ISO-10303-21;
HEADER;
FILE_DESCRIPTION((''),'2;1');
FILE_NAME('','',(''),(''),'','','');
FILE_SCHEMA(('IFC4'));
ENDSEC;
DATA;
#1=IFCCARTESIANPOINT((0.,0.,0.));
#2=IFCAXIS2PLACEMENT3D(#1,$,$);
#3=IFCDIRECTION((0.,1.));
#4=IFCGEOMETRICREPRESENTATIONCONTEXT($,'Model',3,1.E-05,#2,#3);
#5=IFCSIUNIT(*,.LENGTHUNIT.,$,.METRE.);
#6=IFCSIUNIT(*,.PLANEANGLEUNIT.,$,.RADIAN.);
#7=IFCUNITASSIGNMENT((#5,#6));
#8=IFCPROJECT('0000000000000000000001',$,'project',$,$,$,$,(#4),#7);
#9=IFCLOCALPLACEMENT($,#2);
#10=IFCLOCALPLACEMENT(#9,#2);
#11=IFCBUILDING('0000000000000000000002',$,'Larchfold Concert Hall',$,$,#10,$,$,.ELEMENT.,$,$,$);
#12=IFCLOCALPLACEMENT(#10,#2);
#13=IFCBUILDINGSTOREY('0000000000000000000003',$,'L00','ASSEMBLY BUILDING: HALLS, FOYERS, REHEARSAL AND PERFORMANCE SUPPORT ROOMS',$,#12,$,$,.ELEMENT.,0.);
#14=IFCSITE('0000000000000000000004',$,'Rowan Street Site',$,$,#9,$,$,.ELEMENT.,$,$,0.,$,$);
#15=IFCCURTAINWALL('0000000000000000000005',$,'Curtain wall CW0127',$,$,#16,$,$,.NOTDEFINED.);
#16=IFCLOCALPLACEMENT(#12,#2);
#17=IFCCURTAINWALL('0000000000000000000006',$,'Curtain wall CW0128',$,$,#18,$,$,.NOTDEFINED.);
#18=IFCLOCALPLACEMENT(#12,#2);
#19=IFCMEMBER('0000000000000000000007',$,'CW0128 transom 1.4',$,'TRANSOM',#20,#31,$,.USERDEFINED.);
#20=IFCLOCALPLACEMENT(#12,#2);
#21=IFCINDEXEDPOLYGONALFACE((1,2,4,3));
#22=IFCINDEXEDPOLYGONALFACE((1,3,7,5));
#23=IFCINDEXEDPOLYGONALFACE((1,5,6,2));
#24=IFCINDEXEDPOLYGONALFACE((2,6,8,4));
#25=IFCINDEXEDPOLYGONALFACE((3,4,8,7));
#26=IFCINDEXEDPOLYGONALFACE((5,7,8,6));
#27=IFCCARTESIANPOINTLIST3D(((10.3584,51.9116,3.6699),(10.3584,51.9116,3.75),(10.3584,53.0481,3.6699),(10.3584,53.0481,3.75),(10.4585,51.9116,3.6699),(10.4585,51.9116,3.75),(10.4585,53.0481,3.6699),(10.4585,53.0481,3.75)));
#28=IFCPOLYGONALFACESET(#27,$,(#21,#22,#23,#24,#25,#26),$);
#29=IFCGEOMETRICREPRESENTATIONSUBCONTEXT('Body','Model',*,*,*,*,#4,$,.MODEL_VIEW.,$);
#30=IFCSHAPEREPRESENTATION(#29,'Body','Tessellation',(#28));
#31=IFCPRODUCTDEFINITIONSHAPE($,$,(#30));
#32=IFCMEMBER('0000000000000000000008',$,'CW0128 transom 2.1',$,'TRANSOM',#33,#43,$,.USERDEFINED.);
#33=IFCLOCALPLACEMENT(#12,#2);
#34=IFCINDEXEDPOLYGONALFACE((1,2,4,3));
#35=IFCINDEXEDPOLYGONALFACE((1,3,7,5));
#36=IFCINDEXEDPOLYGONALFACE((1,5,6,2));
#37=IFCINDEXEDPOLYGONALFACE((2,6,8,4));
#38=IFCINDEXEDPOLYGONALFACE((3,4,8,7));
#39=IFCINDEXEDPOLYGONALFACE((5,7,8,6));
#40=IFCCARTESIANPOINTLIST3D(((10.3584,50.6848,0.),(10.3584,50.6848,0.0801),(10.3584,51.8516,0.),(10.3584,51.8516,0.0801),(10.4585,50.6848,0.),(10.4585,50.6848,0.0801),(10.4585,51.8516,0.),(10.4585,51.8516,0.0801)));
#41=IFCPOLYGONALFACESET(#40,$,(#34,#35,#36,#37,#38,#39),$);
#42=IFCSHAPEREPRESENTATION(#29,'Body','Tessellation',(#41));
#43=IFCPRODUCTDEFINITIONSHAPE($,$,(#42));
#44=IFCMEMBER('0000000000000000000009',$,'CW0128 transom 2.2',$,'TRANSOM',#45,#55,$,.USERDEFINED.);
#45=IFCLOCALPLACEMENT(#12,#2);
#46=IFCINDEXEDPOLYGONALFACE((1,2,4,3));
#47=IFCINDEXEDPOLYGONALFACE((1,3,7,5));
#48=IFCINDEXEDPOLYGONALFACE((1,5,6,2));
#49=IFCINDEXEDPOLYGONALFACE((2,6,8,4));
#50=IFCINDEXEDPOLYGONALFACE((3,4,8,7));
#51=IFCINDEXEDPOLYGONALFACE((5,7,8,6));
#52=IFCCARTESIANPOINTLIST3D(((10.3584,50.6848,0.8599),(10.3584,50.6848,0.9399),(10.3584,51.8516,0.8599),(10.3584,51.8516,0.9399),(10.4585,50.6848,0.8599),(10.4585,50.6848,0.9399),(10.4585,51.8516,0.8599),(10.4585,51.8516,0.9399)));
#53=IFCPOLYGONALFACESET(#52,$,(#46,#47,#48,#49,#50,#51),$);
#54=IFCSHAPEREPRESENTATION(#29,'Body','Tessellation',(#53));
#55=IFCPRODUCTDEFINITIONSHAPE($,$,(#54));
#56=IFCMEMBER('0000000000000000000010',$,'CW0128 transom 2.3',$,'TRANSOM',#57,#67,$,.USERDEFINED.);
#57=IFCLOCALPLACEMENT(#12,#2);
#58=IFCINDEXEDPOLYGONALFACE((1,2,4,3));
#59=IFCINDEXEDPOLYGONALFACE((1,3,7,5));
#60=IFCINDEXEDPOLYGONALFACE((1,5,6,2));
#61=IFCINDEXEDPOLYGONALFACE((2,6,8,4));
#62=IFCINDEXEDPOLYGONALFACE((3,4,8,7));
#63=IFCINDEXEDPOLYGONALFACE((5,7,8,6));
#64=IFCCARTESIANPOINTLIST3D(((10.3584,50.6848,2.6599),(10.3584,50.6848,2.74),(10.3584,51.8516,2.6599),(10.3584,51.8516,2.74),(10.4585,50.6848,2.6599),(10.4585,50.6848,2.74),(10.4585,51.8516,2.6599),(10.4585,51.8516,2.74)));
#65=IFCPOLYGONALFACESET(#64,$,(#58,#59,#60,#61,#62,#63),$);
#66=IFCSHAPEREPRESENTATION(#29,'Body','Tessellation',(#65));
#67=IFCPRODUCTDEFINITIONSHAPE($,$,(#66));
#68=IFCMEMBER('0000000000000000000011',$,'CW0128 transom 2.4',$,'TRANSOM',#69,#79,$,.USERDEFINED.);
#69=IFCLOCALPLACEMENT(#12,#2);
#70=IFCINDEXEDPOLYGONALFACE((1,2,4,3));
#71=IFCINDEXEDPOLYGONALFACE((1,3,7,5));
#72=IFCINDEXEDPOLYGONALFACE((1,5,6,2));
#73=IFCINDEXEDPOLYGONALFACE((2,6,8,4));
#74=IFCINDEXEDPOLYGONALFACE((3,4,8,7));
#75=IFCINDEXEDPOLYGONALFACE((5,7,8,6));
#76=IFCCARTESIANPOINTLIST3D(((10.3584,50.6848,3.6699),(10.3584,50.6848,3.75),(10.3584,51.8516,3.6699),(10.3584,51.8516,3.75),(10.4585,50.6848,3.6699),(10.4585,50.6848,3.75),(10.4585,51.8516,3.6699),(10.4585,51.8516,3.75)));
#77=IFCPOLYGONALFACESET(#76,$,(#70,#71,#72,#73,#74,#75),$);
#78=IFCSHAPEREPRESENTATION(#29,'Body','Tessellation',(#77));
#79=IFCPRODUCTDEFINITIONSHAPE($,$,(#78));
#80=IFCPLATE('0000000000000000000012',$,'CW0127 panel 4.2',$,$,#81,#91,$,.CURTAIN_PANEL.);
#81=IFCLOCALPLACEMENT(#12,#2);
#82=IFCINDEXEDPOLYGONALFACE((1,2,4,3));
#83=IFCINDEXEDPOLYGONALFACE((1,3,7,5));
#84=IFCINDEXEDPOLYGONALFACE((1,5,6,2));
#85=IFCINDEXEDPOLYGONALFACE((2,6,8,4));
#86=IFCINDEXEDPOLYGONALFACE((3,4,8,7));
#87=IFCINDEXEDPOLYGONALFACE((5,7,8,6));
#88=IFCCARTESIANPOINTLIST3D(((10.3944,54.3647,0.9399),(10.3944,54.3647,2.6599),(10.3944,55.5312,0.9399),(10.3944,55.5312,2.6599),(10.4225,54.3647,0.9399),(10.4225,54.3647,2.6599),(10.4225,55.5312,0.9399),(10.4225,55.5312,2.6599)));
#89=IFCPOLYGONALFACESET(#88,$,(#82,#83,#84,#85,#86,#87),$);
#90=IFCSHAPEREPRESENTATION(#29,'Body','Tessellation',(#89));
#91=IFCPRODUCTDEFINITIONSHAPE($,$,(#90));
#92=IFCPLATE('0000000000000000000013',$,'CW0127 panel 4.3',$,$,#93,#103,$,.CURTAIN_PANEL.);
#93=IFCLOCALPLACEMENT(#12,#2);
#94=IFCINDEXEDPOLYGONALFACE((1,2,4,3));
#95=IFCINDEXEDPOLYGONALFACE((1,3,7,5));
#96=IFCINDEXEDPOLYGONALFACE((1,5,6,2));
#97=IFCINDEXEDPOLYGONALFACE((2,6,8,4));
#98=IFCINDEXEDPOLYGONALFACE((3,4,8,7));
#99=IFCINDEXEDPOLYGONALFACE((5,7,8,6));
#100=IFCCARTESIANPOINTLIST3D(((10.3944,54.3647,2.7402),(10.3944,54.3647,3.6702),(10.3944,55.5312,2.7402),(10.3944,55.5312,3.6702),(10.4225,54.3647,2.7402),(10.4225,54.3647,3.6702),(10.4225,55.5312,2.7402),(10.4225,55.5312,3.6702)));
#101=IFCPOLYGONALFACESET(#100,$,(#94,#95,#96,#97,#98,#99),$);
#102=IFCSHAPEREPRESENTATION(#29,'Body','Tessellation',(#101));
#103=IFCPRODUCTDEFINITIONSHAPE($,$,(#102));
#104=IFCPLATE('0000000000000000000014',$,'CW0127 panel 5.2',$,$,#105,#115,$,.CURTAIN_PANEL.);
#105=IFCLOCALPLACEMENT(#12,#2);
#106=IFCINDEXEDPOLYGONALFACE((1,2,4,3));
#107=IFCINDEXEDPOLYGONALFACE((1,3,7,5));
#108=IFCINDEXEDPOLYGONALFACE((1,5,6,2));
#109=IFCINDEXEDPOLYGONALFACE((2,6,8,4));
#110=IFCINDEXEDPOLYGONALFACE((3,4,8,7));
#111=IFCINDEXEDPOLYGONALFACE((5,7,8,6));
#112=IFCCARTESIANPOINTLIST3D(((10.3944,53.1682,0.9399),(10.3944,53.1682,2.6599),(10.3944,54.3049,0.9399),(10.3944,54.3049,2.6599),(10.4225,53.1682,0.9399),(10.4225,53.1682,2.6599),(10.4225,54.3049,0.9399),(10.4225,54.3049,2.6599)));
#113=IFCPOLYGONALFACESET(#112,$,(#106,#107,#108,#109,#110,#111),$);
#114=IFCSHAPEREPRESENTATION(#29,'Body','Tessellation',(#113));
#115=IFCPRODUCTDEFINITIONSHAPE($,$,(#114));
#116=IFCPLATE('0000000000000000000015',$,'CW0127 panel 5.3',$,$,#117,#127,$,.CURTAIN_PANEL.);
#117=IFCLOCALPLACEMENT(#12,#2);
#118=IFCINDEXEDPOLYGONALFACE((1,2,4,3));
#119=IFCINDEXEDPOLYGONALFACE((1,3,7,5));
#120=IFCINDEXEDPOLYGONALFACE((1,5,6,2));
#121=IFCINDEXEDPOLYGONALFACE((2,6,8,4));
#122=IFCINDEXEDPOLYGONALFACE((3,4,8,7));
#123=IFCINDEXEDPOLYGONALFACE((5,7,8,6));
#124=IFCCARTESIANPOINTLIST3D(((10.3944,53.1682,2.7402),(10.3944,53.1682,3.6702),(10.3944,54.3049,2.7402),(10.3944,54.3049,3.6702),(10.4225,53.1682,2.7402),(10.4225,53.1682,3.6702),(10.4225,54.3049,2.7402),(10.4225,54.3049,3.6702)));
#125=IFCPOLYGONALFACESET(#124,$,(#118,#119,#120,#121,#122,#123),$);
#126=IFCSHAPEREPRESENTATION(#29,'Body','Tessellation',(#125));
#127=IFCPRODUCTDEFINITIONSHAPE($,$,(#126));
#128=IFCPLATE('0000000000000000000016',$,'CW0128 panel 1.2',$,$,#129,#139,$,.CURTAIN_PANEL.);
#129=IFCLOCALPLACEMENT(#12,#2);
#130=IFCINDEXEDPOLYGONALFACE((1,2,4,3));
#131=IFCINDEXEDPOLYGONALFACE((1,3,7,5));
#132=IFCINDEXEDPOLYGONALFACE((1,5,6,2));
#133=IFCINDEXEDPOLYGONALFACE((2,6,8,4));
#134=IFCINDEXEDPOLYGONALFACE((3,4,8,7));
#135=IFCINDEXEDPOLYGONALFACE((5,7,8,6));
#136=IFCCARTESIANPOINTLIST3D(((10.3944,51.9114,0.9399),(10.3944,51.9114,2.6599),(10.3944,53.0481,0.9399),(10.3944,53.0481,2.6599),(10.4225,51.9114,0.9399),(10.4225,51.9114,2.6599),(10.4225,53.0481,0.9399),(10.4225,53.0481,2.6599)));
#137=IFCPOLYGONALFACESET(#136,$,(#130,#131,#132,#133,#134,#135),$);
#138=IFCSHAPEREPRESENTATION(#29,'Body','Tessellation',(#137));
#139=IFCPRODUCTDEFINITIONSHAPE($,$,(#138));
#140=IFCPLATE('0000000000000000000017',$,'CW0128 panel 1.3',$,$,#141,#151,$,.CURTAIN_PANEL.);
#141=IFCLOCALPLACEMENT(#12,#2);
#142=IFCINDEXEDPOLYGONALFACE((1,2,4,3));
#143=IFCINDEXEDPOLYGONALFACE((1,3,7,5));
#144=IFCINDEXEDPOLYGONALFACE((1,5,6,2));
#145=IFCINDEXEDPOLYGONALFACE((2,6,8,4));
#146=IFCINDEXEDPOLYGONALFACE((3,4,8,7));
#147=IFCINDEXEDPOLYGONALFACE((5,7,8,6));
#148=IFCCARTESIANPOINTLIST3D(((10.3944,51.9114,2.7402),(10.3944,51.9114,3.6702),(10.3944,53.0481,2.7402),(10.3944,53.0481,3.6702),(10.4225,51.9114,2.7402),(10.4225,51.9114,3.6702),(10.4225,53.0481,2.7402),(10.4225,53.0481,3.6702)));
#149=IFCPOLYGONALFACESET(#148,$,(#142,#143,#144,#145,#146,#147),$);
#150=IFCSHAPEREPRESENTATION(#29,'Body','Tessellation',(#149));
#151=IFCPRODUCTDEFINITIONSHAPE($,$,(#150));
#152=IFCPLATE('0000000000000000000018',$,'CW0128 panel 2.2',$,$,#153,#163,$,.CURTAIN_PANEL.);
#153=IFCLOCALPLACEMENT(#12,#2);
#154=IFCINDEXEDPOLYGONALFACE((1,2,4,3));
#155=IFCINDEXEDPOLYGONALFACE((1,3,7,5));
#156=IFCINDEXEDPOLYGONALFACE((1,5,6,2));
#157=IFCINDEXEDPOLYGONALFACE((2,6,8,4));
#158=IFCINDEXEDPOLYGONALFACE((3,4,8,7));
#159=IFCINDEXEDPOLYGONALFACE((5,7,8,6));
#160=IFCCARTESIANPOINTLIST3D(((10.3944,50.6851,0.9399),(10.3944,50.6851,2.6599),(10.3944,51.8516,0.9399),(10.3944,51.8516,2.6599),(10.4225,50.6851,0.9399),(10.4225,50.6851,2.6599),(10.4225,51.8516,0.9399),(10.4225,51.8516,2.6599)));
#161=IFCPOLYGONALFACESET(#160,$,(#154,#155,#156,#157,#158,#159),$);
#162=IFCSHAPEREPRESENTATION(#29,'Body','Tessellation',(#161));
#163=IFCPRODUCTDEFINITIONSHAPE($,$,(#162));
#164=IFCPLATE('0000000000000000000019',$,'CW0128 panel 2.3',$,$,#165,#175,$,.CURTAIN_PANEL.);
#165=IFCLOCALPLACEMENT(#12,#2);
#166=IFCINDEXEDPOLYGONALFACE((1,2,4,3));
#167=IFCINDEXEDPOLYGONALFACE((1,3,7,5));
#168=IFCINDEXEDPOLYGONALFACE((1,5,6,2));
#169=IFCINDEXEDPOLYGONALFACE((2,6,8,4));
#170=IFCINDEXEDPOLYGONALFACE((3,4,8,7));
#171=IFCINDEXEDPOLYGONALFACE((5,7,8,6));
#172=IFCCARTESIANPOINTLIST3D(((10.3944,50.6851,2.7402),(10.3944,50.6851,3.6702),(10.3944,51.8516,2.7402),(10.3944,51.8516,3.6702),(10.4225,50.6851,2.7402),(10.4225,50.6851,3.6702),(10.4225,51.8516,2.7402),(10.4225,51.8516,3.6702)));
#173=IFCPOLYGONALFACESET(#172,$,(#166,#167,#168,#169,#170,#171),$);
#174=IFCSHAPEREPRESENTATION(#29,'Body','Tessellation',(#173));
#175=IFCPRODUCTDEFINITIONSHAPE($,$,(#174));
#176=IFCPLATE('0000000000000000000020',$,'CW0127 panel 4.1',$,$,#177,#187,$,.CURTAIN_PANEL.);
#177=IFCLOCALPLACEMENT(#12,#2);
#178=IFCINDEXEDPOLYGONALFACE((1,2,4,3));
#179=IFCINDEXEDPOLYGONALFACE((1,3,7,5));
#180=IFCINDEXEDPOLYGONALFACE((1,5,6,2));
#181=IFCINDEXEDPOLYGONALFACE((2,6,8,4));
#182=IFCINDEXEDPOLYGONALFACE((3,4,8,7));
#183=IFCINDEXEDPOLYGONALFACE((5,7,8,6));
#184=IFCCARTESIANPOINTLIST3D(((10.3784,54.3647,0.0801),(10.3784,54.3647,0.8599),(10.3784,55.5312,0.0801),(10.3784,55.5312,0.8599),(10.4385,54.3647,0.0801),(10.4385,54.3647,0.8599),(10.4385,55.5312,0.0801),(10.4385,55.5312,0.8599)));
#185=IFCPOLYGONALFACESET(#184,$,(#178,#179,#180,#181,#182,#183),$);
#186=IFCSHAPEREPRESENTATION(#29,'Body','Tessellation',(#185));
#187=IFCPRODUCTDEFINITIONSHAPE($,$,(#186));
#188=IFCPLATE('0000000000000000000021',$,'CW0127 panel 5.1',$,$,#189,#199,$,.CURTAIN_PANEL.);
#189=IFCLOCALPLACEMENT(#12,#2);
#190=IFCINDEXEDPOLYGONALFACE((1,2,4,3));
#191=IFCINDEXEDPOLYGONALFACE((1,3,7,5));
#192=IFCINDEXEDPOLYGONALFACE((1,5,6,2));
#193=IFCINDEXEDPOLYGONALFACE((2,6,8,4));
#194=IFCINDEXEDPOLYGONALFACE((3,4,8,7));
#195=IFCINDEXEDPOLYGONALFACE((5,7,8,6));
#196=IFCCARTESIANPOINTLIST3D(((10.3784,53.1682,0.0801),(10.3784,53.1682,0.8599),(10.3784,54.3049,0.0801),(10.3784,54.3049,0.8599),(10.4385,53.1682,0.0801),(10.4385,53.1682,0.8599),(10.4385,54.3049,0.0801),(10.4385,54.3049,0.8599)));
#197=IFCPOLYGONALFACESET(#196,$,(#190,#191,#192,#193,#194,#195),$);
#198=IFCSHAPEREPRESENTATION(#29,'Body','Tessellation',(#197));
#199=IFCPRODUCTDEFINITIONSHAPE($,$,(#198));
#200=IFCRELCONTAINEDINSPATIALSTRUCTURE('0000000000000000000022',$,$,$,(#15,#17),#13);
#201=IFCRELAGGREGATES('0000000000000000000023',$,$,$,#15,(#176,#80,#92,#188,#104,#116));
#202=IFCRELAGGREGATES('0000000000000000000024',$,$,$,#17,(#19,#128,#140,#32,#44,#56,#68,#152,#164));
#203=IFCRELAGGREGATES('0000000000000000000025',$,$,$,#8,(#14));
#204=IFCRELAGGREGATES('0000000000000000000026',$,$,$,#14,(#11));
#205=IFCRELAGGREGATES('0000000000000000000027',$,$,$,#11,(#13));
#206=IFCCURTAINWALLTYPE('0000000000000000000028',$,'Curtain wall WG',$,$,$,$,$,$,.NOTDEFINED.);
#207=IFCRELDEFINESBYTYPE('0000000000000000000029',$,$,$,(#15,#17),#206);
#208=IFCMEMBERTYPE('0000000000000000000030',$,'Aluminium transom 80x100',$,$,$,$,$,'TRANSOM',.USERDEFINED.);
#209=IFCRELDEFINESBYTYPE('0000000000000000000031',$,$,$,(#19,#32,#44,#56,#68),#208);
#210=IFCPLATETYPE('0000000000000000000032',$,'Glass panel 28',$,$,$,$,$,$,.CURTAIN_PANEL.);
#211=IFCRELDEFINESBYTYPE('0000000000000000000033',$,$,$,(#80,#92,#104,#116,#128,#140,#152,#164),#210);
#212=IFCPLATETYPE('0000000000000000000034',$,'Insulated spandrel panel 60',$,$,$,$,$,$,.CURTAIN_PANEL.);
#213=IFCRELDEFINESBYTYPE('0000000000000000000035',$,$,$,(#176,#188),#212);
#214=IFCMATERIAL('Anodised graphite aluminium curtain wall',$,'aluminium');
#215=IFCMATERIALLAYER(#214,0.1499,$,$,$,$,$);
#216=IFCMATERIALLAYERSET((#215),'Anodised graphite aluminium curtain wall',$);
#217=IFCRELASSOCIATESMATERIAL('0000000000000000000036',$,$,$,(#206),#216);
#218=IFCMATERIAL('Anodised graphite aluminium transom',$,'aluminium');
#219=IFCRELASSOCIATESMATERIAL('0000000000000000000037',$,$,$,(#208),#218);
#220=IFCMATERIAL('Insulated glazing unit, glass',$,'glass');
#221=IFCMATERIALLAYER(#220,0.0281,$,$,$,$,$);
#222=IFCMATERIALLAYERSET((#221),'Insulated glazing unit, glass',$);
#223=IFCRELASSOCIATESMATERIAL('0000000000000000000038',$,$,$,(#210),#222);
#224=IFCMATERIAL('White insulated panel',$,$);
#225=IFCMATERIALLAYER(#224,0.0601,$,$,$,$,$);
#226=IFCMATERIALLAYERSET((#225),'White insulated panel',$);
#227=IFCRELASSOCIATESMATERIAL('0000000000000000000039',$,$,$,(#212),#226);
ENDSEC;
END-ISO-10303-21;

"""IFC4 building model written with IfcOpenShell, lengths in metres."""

from ifc_helpers import new_model, si_unit, direction, frame, origin, origin_2d, place, context, subcontext, project, spatial, rectangle, extrude, material, layer, layer_set, material_profile, profile_set, type_object, element, aggregate, save


model = new_model("IFC4")

# Units and contexts
model_context = context("Model", 3, precision=1e-05, world=origin(), true_north=direction((0.0, 1.0)))
body_context = subcontext(model_context, "Body", "Model", "MODEL_VIEW")
ifc_project = project(units=[si_unit("LENGTHUNIT", "METRE"), si_unit("PLANEANGLEUNIT", "RADIAN")], contexts=[model_context])

# Site, building, storey
site_placement = place(None, origin())
site = spatial("IfcSite", under=ifc_project, at=site_placement, Name="Rowan Street Site", CompositionType="ELEMENT", RefElevation=0.0)
building_placement = place(site_placement, origin())
building = spatial("IfcBuilding", under=site, at=building_placement, Name="Larchfold Concert Hall", CompositionType="ELEMENT")
storey_placement = place(building_placement, origin())
storey = spatial("IfcBuildingStorey", under=building, at=storey_placement, Name="L00", Description="ASSEMBLY BUILDING: HALLS, FOYERS, REHEARSAL AND PERFORMANCE SUPPORT ROOMS", CompositionType="ELEMENT", Elevation=0.0)

# Curtain walls
ifc_material_1 = material(Name="Anodised graphite aluminium curtain wall", Category="aluminium")
ifc_layer_1 = layer(ifc_material_1, 0.1499)
ifc_layer_set_1 = layer_set([ifc_layer_1], Name="Anodised graphite aluminium curtain wall")
curtain_wall_type = type_object("IfcCurtainWallType", Name="Curtain wall WG", PredefinedType="NOTDEFINED", material=ifc_layer_set_1)
curtain_wall_1_placement = place(storey_placement, origin())
curtain_wall_1 = element("IfcCurtainWall", 1, at=curtain_wall_1_placement, inside=storey, type_object=curtain_wall_type, Name="Curtain wall CW0127", PredefinedType="NOTDEFINED")
curtain_wall_2_placement = place(storey_placement, origin())
curtain_wall_2 = element("IfcCurtainWall", 2, at=curtain_wall_2_placement, inside=storey, type_object=curtain_wall_type, Name="Curtain wall CW0128", PredefinedType="NOTDEFINED")

# Members
ifc_material_2 = material(Name="Anodised graphite aluminium transom", Category="aluminium")
ifc_material_profile_1 = material_profile(ifc_material_2, rectangle(XDim=0.1001, YDim=0.0801, at=origin_2d()))
ifc_profile_set_1 = profile_set([ifc_material_profile_1], Name="Anodised graphite aluminium transom")
member_type_1 = type_object("IfcMemberType", Name="Aluminium transom 80x100", ElementType="TRANSOM", PredefinedType="USERDEFINED", material=ifc_profile_set_1)
member_1_placement = place(storey_placement, frame((10.4084, 53.0481, 3.71), z_axis=(0.0, -1.0, 0.0), x_axis=(1.0, 0.0, 0.0)))
member_1 = element("IfcMember", 3, at=member_1_placement, type_object=member_type_1, Name="CW0128 transom 1.4", ObjectType="TRANSOM", PredefinedType="USERDEFINED", context=body_context, shape_type="SweptSolid", body=[
    extrude(rectangle(XDim=0.1001, YDim=0.0801, at=origin_2d()), origin(), (0.0, 0.0, 1.0), 1.1365),
])
member_2_placement = place(storey_placement, frame((10.4084, 51.8516, 0.04), z_axis=(0.0, -1.0, 0.0), x_axis=(1.0, 0.0, 0.0)))
member_2 = element("IfcMember", 4, at=member_2_placement, type_object=member_type_1, Name="CW0128 transom 2.1", ObjectType="TRANSOM", PredefinedType="USERDEFINED", context=body_context, shape_type="SweptSolid", body=[
    extrude(rectangle(XDim=0.1001, YDim=0.0801, at=origin_2d()), origin(), (0.0, 0.0, 1.0), 1.1667),
])
member_3_placement = place(storey_placement, frame((10.4084, 51.8516, 0.8999), z_axis=(0.0, -1.0, 0.0), x_axis=(1.0, 0.0, 0.0)))
member_3 = element("IfcMember", 5, at=member_3_placement, type_object=member_type_1, Name="CW0128 transom 2.2", ObjectType="TRANSOM", PredefinedType="USERDEFINED", context=body_context, shape_type="SweptSolid", body=[
    extrude(rectangle(XDim=0.1001, YDim=0.0801, at=origin_2d()), origin(), (0.0, 0.0, 1.0), 1.1667),
])
member_4_placement = place(storey_placement, frame((10.4084, 51.8516, 2.7), z_axis=(0.0, -1.0, 0.0), x_axis=(1.0, 0.0, 0.0)))
member_4 = element("IfcMember", 6, at=member_4_placement, type_object=member_type_1, Name="CW0128 transom 2.3", ObjectType="TRANSOM", PredefinedType="USERDEFINED", context=body_context, shape_type="SweptSolid", body=[
    extrude(rectangle(XDim=0.1001, YDim=0.0801, at=origin_2d()), origin(), (0.0, 0.0, 1.0), 1.1667),
])
member_5_placement = place(storey_placement, frame((10.4084, 51.8516, 3.71), z_axis=(0.0, -1.0, 0.0), x_axis=(1.0, 0.0, 0.0)))
member_5 = element("IfcMember", 7, at=member_5_placement, type_object=member_type_1, Name="CW0128 transom 2.4", ObjectType="TRANSOM", PredefinedType="USERDEFINED", context=body_context, shape_type="SweptSolid", body=[
    extrude(rectangle(XDim=0.1001, YDim=0.0801, at=origin_2d()), origin(), (0.0, 0.0, 1.0), 1.1667),
])

# Plates
ifc_material_3 = material(Name="Insulated glazing unit, glass", Category="glass")
ifc_layer_2 = layer(ifc_material_3, 0.0281)
ifc_layer_set_2 = layer_set([ifc_layer_2], Name="Insulated glazing unit, glass")
plate_type_1 = type_object("IfcPlateType", Name="Glass panel 28", PredefinedType="CURTAIN_PANEL", material=ifc_layer_set_2)
plate_1_placement = place(storey_placement, frame((10.4084, 54.948, 0.9399), z_axis=(0.0, 0.0, 1.0), x_axis=(0.0, -1.0, 0.0)))
plate_1 = element("IfcPlate", 8, at=plate_1_placement, type_object=plate_type_1, Name="CW0127 panel 4.2", PredefinedType="CURTAIN_PANEL", context=body_context, shape_type="SweptSolid", body=[
    extrude(rectangle(XDim=1.1665, YDim=0.0281, at=origin_2d()), origin(), (0.0, 0.0, 1.0), 1.72),
])
plate_2_placement = place(storey_placement, frame((10.4084, 54.948, 2.7402), z_axis=(0.0, 0.0, 1.0), x_axis=(0.0, -1.0, 0.0)))
plate_2 = element("IfcPlate", 9, at=plate_2_placement, type_object=plate_type_1, Name="CW0127 panel 4.3", PredefinedType="CURTAIN_PANEL", context=body_context, shape_type="SweptSolid", body=[
    extrude(rectangle(XDim=1.1665, YDim=0.0281, at=origin_2d()), origin(), (0.0, 0.0, 1.0), 0.9299),
])
plate_3_placement = place(storey_placement, frame((10.4084, 53.7366, 0.9399), z_axis=(0.0, 0.0, 1.0), x_axis=(0.0, -1.0, 0.0)))
plate_3 = element("IfcPlate", 10, at=plate_3_placement, type_object=plate_type_1, Name="CW0127 panel 5.2", PredefinedType="CURTAIN_PANEL", context=body_context, shape_type="SweptSolid", body=[
    extrude(rectangle(XDim=1.1367, YDim=0.0281, at=origin_2d()), origin(), (0.0, 0.0, 1.0), 1.72),
])
plate_4_placement = place(storey_placement, frame((10.4084, 53.7366, 2.7402), z_axis=(0.0, 0.0, 1.0), x_axis=(0.0, -1.0, 0.0)))
plate_4 = element("IfcPlate", 11, at=plate_4_placement, type_object=plate_type_1, Name="CW0127 panel 5.3", PredefinedType="CURTAIN_PANEL", context=body_context, shape_type="SweptSolid", body=[
    extrude(rectangle(XDim=1.1367, YDim=0.0281, at=origin_2d()), origin(), (0.0, 0.0, 1.0), 0.9299),
])
plate_5_placement = place(storey_placement, frame((10.4084, 52.4797, 0.9399), z_axis=(0.0, 0.0, 1.0), x_axis=(0.0, -1.0, 0.0)))
plate_5 = element("IfcPlate", 12, at=plate_5_placement, type_object=plate_type_1, Name="CW0128 panel 1.2", PredefinedType="CURTAIN_PANEL", context=body_context, shape_type="SweptSolid", body=[
    extrude(rectangle(XDim=1.1367, YDim=0.0281, at=origin_2d()), origin(), (0.0, 0.0, 1.0), 1.72),
])
plate_6_placement = place(storey_placement, frame((10.4084, 52.4797, 2.7402), z_axis=(0.0, 0.0, 1.0), x_axis=(0.0, -1.0, 0.0)))
plate_6 = element("IfcPlate", 13, at=plate_6_placement, type_object=plate_type_1, Name="CW0128 panel 1.3", PredefinedType="CURTAIN_PANEL", context=body_context, shape_type="SweptSolid", body=[
    extrude(rectangle(XDim=1.1367, YDim=0.0281, at=origin_2d()), origin(), (0.0, 0.0, 1.0), 0.9299),
])
plate_7_placement = place(storey_placement, frame((10.4084, 51.2683, 0.9399), z_axis=(0.0, 0.0, 1.0), x_axis=(0.0, -1.0, 0.0)))
plate_7 = element("IfcPlate", 14, at=plate_7_placement, type_object=plate_type_1, Name="CW0128 panel 2.2", PredefinedType="CURTAIN_PANEL", context=body_context, shape_type="SweptSolid", body=[
    extrude(rectangle(XDim=1.1665, YDim=0.0281, at=origin_2d()), origin(), (0.0, 0.0, 1.0), 1.72),
])
plate_8_placement = place(storey_placement, frame((10.4084, 51.2683, 2.7402), z_axis=(0.0, 0.0, 1.0), x_axis=(0.0, -1.0, 0.0)))
plate_8 = element("IfcPlate", 15, at=plate_8_placement, type_object=plate_type_1, Name="CW0128 panel 2.3", PredefinedType="CURTAIN_PANEL", context=body_context, shape_type="SweptSolid", body=[
    extrude(rectangle(XDim=1.1665, YDim=0.0281, at=origin_2d()), origin(), (0.0, 0.0, 1.0), 0.9299),
])
ifc_material_4 = material(Name="White insulated panel")
ifc_layer_3 = layer(ifc_material_4, 0.0601)
ifc_layer_set_3 = layer_set([ifc_layer_3], Name="White insulated panel")
plate_type_2 = type_object("IfcPlateType", Name="Insulated spandrel panel 60", PredefinedType="CURTAIN_PANEL", material=ifc_layer_set_3)
plate_9_placement = place(storey_placement, frame((10.4084, 54.948, 0.0801), z_axis=(0.0, 0.0, 1.0), x_axis=(0.0, -1.0, 0.0)))
plate_9 = element("IfcPlate", 16, at=plate_9_placement, type_object=plate_type_2, Name="CW0127 panel 4.1", PredefinedType="CURTAIN_PANEL", context=body_context, shape_type="SweptSolid", body=[
    extrude(rectangle(XDim=1.1665, YDim=0.0601, at=origin_2d()), origin(), (0.0, 0.0, 1.0), 0.7798),
])
plate_10_placement = place(storey_placement, frame((10.4084, 53.7366, 0.0801), z_axis=(0.0, 0.0, 1.0), x_axis=(0.0, -1.0, 0.0)))
plate_10 = element("IfcPlate", 17, at=plate_10_placement, type_object=plate_type_2, Name="CW0127 panel 5.1", PredefinedType="CURTAIN_PANEL", context=body_context, shape_type="SweptSolid", body=[
    extrude(rectangle(XDim=1.1367, YDim=0.0601, at=origin_2d()), origin(), (0.0, 0.0, 1.0), 0.7798),
])
aggregate(curtain_wall_1, [plate_9, plate_1, plate_2, plate_10, plate_3, plate_4])
aggregate(curtain_wall_2, [member_1, plate_5, plate_6, member_2, member_3, member_4, member_5, plate_7, plate_8])

save(model, "model.ifc")
